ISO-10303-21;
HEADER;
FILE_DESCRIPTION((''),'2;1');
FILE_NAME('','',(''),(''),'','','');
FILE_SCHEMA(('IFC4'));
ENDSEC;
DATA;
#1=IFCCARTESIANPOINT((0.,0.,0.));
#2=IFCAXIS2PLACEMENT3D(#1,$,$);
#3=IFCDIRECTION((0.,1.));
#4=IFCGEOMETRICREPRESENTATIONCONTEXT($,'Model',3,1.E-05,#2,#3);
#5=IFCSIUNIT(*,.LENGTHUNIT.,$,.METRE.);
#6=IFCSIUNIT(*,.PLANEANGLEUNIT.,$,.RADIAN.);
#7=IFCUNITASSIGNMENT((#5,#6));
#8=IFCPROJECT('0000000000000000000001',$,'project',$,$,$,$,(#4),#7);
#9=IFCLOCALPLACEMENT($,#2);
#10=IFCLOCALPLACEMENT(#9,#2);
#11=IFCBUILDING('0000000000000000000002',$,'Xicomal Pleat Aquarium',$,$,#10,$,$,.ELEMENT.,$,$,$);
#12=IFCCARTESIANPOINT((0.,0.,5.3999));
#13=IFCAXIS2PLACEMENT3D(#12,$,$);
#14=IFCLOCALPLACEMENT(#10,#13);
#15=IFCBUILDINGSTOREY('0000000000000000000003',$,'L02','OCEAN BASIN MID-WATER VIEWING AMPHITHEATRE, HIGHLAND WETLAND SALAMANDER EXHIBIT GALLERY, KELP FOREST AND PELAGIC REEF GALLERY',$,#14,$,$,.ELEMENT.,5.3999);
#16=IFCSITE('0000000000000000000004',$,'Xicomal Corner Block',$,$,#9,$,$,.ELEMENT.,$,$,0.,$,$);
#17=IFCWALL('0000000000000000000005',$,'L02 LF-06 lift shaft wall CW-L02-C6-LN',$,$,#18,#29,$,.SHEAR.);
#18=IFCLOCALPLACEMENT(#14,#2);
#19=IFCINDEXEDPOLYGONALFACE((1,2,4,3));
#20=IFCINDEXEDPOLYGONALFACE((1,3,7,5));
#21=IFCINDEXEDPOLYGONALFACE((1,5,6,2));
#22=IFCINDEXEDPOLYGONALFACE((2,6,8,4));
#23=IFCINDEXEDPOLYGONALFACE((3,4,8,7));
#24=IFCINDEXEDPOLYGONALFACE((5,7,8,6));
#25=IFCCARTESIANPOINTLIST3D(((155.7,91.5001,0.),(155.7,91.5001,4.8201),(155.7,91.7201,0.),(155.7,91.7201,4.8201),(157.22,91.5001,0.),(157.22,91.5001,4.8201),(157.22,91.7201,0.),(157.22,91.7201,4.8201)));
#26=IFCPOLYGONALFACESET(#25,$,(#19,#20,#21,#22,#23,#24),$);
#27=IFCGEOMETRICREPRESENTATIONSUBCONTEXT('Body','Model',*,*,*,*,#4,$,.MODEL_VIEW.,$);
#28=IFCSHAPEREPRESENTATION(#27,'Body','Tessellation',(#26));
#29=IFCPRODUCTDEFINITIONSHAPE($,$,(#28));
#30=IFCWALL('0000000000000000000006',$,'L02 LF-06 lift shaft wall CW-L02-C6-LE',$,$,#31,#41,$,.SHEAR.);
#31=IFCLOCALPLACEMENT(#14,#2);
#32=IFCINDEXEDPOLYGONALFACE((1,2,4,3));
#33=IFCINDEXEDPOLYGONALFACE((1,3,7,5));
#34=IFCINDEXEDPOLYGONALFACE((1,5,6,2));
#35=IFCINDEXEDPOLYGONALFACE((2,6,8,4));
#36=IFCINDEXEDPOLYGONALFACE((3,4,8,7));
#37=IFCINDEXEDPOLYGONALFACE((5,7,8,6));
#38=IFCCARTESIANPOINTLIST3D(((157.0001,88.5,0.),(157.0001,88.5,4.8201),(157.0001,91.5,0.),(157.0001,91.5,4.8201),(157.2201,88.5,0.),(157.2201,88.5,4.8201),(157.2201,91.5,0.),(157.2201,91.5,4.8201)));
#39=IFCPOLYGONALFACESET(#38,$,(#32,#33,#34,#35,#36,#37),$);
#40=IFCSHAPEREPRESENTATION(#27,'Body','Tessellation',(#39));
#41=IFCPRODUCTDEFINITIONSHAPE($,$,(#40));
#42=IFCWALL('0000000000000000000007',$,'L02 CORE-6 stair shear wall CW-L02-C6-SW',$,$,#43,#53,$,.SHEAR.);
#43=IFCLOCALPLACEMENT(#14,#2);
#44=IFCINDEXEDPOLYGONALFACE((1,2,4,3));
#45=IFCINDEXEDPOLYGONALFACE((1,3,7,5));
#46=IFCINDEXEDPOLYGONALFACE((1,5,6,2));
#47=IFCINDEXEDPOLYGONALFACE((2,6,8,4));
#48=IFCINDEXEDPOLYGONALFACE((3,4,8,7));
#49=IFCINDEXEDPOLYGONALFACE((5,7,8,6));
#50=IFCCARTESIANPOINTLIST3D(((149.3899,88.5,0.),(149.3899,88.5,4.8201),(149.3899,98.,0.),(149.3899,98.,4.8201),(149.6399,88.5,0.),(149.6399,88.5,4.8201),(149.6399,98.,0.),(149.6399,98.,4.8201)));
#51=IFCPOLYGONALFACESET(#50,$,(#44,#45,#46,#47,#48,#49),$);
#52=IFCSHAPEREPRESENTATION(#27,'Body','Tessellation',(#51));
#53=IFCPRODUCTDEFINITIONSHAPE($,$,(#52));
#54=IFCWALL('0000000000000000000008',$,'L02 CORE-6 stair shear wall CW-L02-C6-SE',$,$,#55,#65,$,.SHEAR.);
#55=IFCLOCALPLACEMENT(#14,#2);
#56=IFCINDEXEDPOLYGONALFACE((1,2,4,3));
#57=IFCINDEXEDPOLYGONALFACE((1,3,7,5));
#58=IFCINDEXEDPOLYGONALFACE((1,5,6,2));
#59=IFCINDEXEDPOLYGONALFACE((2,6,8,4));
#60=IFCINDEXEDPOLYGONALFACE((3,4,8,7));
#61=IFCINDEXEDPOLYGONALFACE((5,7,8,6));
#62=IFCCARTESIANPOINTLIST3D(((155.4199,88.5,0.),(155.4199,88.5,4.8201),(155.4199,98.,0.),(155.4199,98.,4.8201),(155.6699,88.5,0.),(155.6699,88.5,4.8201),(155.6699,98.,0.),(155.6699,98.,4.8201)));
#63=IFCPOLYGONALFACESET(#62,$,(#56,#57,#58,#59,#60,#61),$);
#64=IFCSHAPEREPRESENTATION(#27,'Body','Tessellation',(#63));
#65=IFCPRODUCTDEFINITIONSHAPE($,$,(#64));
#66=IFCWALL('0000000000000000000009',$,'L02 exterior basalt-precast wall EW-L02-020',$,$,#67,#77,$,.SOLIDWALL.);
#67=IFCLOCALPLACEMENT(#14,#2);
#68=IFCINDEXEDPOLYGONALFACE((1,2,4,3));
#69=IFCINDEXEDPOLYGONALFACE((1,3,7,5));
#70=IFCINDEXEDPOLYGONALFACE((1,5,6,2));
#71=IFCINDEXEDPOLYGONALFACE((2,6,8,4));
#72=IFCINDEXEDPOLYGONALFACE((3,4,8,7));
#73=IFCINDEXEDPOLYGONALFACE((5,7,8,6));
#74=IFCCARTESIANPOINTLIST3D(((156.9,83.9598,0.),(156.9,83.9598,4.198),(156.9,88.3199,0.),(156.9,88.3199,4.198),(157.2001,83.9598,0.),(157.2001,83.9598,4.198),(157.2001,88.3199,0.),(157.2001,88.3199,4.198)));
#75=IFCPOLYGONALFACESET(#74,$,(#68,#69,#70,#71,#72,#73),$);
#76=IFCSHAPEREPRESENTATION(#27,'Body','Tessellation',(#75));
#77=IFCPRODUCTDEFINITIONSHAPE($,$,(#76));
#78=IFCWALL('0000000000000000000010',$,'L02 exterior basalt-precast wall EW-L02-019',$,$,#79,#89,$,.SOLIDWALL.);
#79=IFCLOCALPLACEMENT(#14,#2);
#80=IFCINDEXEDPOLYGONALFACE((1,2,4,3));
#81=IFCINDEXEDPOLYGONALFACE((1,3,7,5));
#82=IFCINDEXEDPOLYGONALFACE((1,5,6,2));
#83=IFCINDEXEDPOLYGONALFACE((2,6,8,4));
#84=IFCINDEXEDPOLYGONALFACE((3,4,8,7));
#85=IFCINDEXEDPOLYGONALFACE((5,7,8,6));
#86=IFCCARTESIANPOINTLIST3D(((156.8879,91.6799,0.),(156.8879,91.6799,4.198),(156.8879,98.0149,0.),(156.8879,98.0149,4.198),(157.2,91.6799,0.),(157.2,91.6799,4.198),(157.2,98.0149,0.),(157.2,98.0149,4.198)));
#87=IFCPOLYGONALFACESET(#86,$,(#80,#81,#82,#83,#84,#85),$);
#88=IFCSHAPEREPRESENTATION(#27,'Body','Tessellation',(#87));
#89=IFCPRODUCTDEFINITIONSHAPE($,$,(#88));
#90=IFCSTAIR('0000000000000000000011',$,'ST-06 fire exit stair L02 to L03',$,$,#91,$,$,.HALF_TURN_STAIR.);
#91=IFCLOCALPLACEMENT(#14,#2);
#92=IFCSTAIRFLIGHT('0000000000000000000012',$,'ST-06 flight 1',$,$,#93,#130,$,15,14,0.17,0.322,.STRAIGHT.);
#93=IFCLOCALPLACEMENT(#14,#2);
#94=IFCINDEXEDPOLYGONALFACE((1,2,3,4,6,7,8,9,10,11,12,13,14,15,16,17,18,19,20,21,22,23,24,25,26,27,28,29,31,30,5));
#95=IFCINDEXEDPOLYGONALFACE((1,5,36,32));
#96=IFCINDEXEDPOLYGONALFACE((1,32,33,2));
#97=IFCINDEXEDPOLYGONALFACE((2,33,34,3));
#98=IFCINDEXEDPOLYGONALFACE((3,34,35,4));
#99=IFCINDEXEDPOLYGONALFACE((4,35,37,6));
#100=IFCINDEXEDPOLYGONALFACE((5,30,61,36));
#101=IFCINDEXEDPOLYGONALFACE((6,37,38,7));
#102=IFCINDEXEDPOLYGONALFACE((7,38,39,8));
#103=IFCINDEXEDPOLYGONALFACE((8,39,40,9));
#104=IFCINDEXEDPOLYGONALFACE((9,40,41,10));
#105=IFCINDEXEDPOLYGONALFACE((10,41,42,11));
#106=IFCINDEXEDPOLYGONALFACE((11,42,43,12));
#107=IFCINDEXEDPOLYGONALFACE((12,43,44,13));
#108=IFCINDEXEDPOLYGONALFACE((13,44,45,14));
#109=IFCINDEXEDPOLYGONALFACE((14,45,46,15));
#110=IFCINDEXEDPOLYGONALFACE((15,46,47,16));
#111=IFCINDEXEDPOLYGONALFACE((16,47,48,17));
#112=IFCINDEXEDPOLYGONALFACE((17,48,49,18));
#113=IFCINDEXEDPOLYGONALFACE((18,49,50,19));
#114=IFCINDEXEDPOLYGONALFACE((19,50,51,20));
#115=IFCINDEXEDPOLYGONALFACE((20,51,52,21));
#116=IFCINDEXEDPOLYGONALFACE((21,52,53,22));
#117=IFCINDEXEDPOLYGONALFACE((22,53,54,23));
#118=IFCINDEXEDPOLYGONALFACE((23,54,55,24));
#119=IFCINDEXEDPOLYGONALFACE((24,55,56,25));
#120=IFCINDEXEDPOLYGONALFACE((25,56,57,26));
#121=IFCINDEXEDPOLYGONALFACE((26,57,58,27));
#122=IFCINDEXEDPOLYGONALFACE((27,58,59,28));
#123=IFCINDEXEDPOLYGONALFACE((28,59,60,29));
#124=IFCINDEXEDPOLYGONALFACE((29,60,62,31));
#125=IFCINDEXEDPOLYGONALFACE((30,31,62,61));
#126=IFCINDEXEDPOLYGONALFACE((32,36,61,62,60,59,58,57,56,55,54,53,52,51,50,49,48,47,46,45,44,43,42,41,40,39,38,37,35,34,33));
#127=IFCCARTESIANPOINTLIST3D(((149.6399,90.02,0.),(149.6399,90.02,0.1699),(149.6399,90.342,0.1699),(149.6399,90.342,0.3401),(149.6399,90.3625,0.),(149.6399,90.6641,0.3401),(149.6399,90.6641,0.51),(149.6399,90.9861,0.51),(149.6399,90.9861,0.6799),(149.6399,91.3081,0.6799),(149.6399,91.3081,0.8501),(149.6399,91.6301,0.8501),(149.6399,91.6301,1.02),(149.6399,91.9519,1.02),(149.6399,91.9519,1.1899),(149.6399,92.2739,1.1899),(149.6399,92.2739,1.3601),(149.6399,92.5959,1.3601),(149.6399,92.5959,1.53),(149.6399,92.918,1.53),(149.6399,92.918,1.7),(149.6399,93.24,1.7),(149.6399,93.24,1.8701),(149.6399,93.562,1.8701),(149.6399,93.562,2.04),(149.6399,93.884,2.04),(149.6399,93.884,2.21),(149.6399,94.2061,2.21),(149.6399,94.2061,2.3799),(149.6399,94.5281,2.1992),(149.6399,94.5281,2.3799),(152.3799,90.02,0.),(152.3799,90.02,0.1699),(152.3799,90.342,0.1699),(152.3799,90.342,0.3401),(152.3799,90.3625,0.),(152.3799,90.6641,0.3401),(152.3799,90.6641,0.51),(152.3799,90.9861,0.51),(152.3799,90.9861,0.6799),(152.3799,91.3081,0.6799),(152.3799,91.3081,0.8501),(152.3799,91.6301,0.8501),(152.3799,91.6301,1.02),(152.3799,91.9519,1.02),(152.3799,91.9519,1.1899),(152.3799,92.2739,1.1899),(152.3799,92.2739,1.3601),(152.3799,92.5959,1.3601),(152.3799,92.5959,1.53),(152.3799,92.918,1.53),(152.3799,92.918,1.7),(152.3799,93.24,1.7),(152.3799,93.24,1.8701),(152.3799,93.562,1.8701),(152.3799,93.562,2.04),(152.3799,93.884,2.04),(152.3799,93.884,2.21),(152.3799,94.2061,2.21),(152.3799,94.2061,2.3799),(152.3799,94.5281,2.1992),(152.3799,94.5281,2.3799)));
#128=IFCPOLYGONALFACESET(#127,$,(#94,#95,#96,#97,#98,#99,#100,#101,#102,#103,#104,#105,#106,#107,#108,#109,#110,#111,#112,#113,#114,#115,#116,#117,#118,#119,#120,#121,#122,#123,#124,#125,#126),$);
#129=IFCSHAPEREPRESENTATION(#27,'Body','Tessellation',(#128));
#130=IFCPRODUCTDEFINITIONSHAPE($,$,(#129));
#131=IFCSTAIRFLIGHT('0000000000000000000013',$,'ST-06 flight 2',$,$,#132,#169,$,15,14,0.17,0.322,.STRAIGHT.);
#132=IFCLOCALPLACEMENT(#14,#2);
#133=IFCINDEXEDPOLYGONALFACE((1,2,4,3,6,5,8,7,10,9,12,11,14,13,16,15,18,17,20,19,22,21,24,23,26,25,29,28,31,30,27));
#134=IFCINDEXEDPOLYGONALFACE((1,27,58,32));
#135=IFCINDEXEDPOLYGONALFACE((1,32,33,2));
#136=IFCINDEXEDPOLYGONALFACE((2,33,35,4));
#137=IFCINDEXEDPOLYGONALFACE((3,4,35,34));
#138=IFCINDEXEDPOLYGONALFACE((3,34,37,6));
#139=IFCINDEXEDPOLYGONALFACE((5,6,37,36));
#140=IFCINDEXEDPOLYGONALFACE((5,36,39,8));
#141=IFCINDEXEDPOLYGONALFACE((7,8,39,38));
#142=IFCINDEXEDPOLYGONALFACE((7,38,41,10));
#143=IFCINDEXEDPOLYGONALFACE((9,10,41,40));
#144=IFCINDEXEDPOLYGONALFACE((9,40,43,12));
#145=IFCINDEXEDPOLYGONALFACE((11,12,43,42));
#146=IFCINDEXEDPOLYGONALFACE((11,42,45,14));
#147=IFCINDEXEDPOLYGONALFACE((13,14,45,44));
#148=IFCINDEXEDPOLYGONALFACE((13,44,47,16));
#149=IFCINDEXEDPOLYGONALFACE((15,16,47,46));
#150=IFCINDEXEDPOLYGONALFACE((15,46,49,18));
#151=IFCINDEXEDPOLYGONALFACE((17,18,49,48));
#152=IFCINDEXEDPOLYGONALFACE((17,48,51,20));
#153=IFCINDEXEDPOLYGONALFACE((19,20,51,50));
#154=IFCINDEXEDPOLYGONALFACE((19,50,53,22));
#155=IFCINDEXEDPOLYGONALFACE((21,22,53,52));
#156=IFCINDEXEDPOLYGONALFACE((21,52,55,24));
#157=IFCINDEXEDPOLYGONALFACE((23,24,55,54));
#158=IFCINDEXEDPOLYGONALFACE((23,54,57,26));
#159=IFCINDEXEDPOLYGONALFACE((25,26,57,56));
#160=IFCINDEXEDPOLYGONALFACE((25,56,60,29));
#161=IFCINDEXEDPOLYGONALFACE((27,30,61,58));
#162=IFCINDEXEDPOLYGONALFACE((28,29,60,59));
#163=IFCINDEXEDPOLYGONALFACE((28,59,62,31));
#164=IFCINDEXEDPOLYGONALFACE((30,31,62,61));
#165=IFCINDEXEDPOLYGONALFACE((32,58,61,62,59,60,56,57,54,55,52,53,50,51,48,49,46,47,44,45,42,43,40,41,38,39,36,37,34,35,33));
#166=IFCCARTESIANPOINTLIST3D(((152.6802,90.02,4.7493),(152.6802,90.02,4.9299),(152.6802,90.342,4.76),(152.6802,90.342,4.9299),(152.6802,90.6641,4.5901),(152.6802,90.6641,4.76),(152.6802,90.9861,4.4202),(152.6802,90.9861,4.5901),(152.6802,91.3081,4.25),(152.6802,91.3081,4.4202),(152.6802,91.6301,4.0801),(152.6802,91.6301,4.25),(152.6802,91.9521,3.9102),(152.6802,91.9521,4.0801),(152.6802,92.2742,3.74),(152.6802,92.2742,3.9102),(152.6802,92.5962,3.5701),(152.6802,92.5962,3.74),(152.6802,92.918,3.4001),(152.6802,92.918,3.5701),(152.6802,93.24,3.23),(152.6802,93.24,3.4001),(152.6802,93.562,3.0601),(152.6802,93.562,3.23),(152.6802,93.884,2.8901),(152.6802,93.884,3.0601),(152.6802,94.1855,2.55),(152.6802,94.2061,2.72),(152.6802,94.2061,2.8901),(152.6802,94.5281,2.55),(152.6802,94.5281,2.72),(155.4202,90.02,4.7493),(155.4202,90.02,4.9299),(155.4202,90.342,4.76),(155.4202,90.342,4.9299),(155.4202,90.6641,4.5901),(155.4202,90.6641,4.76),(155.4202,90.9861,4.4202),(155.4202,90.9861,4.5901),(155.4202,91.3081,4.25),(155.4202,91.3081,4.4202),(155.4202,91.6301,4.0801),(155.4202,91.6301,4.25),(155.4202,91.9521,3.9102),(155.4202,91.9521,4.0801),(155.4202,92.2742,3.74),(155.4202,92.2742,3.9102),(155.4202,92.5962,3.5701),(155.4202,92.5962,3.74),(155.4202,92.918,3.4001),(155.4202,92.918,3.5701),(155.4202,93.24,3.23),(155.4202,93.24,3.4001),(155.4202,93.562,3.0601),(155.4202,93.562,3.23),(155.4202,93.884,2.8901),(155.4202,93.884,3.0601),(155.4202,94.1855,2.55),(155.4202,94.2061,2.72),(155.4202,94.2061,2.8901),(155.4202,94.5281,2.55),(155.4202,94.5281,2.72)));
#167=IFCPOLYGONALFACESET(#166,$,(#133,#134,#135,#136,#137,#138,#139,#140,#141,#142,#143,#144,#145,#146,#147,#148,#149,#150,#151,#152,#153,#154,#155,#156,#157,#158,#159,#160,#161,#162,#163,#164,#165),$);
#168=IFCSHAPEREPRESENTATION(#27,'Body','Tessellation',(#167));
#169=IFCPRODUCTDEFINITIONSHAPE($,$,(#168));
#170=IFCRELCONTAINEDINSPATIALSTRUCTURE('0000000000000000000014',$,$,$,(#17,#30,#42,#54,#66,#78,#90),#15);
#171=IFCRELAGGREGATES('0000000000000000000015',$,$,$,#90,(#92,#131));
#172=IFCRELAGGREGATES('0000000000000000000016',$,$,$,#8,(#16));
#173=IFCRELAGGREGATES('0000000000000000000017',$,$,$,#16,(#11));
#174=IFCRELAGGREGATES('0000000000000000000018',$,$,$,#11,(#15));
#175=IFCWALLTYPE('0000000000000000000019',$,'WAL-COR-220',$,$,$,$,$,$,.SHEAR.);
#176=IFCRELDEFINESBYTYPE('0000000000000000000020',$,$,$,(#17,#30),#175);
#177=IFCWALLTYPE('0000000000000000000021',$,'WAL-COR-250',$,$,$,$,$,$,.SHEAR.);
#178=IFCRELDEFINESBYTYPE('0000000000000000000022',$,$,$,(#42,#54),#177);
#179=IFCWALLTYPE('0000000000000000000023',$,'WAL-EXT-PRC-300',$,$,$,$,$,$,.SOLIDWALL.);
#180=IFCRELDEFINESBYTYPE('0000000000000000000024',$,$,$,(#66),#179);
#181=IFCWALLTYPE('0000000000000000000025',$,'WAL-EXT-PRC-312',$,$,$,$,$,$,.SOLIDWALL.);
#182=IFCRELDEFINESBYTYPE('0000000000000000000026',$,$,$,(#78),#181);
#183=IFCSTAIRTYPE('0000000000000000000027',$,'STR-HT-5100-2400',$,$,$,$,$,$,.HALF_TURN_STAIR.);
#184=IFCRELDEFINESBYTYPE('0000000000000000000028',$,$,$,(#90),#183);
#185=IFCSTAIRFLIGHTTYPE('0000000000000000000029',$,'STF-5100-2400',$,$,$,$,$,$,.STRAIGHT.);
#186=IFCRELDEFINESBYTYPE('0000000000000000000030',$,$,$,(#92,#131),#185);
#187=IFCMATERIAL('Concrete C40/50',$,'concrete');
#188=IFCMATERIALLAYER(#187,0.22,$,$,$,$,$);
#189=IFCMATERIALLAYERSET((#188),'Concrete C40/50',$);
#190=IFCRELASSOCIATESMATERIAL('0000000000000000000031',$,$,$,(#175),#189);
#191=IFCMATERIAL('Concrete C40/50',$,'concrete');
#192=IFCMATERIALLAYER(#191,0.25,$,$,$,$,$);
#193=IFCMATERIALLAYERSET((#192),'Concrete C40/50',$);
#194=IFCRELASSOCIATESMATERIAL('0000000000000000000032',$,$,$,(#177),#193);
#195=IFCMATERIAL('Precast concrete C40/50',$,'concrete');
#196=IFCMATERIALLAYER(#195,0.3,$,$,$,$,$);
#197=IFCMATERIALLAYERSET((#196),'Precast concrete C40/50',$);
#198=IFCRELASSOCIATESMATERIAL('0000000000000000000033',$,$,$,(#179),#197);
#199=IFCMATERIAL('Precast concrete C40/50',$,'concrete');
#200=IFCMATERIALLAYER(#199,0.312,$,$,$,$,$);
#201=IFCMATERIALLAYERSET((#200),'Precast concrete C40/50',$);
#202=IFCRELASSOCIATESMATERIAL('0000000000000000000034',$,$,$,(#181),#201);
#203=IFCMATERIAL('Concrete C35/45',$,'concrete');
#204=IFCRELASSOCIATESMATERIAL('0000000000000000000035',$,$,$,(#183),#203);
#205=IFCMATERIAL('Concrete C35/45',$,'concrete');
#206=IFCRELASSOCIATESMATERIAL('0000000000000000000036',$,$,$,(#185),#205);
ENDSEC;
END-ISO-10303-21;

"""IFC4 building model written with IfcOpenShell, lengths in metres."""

from ifc_helpers import new_model, si_unit, direction, frame, frame_2d, origin, place, context, subcontext, project, spatial, polyline, rectangle, outline, extrude, material, layer, layer_set, type_object, element, aggregate, save


model = new_model("IFC4")

# Units and contexts
model_context = context("Model", 3, precision=1e-05, world=origin(), true_north=direction((0.0, 1.0)))
body_context = subcontext(model_context, "Body", "Model", "MODEL_VIEW")
ifc_project = project(units=[si_unit("LENGTHUNIT", "METRE"), si_unit("PLANEANGLEUNIT", "RADIAN")], contexts=[model_context])

# Site, building, storey
site_placement = place(None, origin())
site = spatial("IfcSite", under=ifc_project, at=site_placement, Name="Xicomal Corner Block", CompositionType="ELEMENT", RefElevation=0.0)
building_placement = place(site_placement, origin())
building = spatial("IfcBuilding", under=site, at=building_placement, Name="Xicomal Pleat Aquarium", CompositionType="ELEMENT")
storey_placement = place(building_placement, frame((0.0, 0.0, 5.3999)))
storey = spatial("IfcBuildingStorey", under=building, at=storey_placement, Name="L02", Description="OCEAN BASIN MID-WATER VIEWING AMPHITHEATRE, HIGHLAND WETLAND SALAMANDER EXHIBIT GALLERY, KELP FOREST AND PELAGIC REEF GALLERY", CompositionType="ELEMENT", Elevation=5.3999)

# Shared definitions
ifc_material_1 = material(Name="Concrete C40/50", Category="concrete")
ifc_layer_1 = layer(ifc_material_1, 0.22)
ifc_layer_set_1 = layer_set([ifc_layer_1], Name="Concrete C40/50")
wall_type_1 = type_object("IfcWallType", Name="WAL-COR-220", PredefinedType="SHEAR", material=ifc_layer_set_1)

# Walls
wall_1_placement = place(storey_placement, frame((155.7, 91.6101, 0.0), z_axis=(0.0, 0.0, 1.0), x_axis=(1.0, 0.0, 0.0)))
element("IfcWall", 1, at=wall_1_placement, inside=storey, type_object=wall_type_1, Name="L02 LF-06 lift shaft wall CW-L02-C6-LN", PredefinedType="SHEAR", context=body_context, shape_type="SweptSolid", body=[
    extrude(rectangle(XDim=1.52, YDim=0.22, at=frame_2d((0.76, 0.0))), origin(), (0.0, 0.0, 1.0), 4.8201),
])
wall_2_placement = place(storey_placement, frame((157.1101, 88.5, 0.0), z_axis=(0.0, 0.0, 1.0), x_axis=(0.0, 1.0, 0.0)))
element("IfcWall", 2, at=wall_2_placement, inside=storey, type_object=wall_type_1, Name="L02 LF-06 lift shaft wall CW-L02-C6-LE", PredefinedType="SHEAR", context=body_context, shape_type="SweptSolid", body=[
    extrude(rectangle(XDim=3.0, YDim=0.22, at=frame_2d((1.5, 0.0))), origin(), (0.0, 0.0, 1.0), 4.8201),
])
ifc_material_2 = material(Name="Concrete C40/50", Category="concrete")
ifc_layer_2 = layer(ifc_material_2, 0.25)
ifc_layer_set_2 = layer_set([ifc_layer_2], Name="Concrete C40/50")
wall_type_2 = type_object("IfcWallType", Name="WAL-COR-250", PredefinedType="SHEAR", material=ifc_layer_set_2)
for number, where, z_axis, x_axis, name in (
    (3, (149.5149, 88.5, 0.0), (0.0, 0.0, 1.0), (0.0, 1.0, 0.0), "L02 CORE-6 stair shear wall CW-L02-C6-SW"),
    (4, (155.5449, 88.5, 0.0), (0.0, 0.0, 1.0), (0.0, 1.0, 0.0), "L02 CORE-6 stair shear wall CW-L02-C6-SE"),
):
    element("IfcWall", number, at=place(storey_placement, frame(where, z_axis=z_axis, x_axis=x_axis)), inside=storey, type_object=wall_type_2, Name=name, PredefinedType="SHEAR", context=body_context, shape_type="SweptSolid", body=[
        extrude(rectangle(XDim=9.5, YDim=0.25, at=frame_2d((4.75, 0.0))), origin(), (0.0, 0.0, 1.0), 4.8201),
    ])
ifc_material_3 = material(Name="Precast concrete C40/50", Category="concrete")
ifc_layer_3 = layer(ifc_material_3, 0.3)
ifc_layer_set_3 = layer_set([ifc_layer_3], Name="Precast concrete C40/50")
wall_type_3 = type_object("IfcWallType", Name="WAL-EXT-PRC-300", PredefinedType="SOLIDWALL", material=ifc_layer_set_3)
wall_3_placement = place(storey_placement, frame((157.05, 88.3201, 0.0), z_axis=(0.0, 0.0, 1.0), x_axis=(0.0, -1.0, 0.0)))
element("IfcWall", 5, at=wall_3_placement, inside=storey, type_object=wall_type_3, Name="L02 exterior basalt-precast wall EW-L02-020", PredefinedType="SOLIDWALL", context=body_context, shape_type="SweptSolid", body=[
    extrude(rectangle(XDim=4.3601, YDim=0.3, at=frame_2d((2.1802, 0.0))), origin(), (0.0, 0.0, 1.0), 4.198),
])
ifc_material_4 = material(Name="Precast concrete C40/50", Category="concrete")
ifc_layer_4 = layer(ifc_material_4, 0.312)
ifc_layer_set_4 = layer_set([ifc_layer_4], Name="Precast concrete C40/50")
wall_type_4 = type_object("IfcWallType", Name="WAL-EXT-PRC-312", PredefinedType="SOLIDWALL", material=ifc_layer_set_4)
wall_4_placement = place(storey_placement, frame((157.0439, 98.0149, 0.0), z_axis=(0.0, 0.0, 1.0), x_axis=(0.0, -1.0, 0.0)))
element("IfcWall", 6, at=wall_4_placement, inside=storey, type_object=wall_type_4, Name="L02 exterior basalt-precast wall EW-L02-019", PredefinedType="SOLIDWALL", context=body_context, shape_type="SweptSolid", body=[
    extrude(rectangle(XDim=6.335, YDim=0.312, at=frame_2d((3.1675, 0.0))), origin(), (0.0, 0.0, 1.0), 4.198),
])

# Stair, stair flights
ifc_material_5 = material(Name="Concrete C35/45", Category="concrete")
stair_type = type_object("IfcStairType", Name="STR-HT-5100-2400", PredefinedType="HALF_TURN_STAIR", material=ifc_material_5)
stair_placement = place(storey_placement, origin())
stair = element("IfcStair", 7, at=stair_placement, inside=storey, type_object=stair_type, Name="ST-06 fire exit stair L02 to L03", PredefinedType="HALF_TURN_STAIR")
ifc_material_6 = material(Name="Concrete C35/45", Category="concrete")
stair_flight_type = type_object("IfcStairFlightType", Name="STF-5100-2400", PredefinedType="STRAIGHT", material=ifc_material_6)
stair_flight_1_placement = place(storey_placement, frame((151.01, 90.02, 0.0), z_axis=(0.0, 0.0, 1.0), x_axis=(0.0, 1.0, 0.0)))
stair_flight_1 = element("IfcStairFlight", 8, at=stair_flight_1_placement, type_object=stair_flight_type, Name="ST-06 flight 1", NumberOfRisers=15, NumberOfTreads=14, PredefinedType="STRAIGHT", RiserHeight=0.17, TreadLength=0.322, context=body_context, shape_type="SweptSolid", body=[
    extrude(outline(polyline([(0.0, 0.0), (0.0, 0.1699), (0.322, 0.1699), (0.322, 0.3401), (0.644, 0.3401), (0.644, 0.51), (0.9661, 0.51), (0.9661, 0.6799), (1.2881, 0.6799), (1.2881, 0.8501), (1.6101, 0.8501), (1.6101, 1.02), (1.9319, 1.02), (1.9319, 1.1899), (2.2539, 1.1899), (2.2539, 1.3601), (2.5759, 1.3601), (2.5759, 1.53), (2.8979, 1.53), (2.8979, 1.7), (3.22, 1.7), (3.22, 1.8701), (3.542, 1.8701), (3.542, 2.04), (3.864, 2.04), (3.864, 2.21), (4.186, 2.21), (4.186, 2.3799), (4.5081, 2.3799), (4.5081, 2.55), (4.5081, 2.1992), (0.3425, 0.0), (0.0, 0.0)])), frame((0.0, 1.3701, 0.0), z_axis=(0.0, -1.0, 0.0), x_axis=(1.0, 0.0, 0.0)), (0.0, 0.0, 1.0), 2.74),
])
stair_flight_2_placement = place(storey_placement, frame((154.05, 94.5281, 2.55), z_axis=(0.0, 0.0, 1.0), x_axis=(0.0, -1.0, 0.0)))
stair_flight_2 = element("IfcStairFlight", 9, at=stair_flight_2_placement, type_object=stair_flight_type, Name="ST-06 flight 2", NumberOfRisers=15, NumberOfTreads=14, PredefinedType="STRAIGHT", RiserHeight=0.17, TreadLength=0.322, context=body_context, shape_type="SweptSolid", body=[
    extrude(outline(polyline([(0.0, 0.0), (0.0, 0.1699), (0.322, 0.1699), (0.322, 0.3401), (0.644, 0.3401), (0.644, 0.51), (0.9661, 0.51), (0.9661, 0.6799), (1.2881, 0.6799), (1.2881, 0.8501), (1.6101, 0.8501), (1.6101, 1.02), (1.9319, 1.02), (1.9319, 1.1899), (2.2539, 1.1899), (2.2539, 1.3601), (2.5759, 1.3601), (2.5759, 1.53), (2.8979, 1.53), (2.8979, 1.7), (3.22, 1.7), (3.22, 1.8701), (3.542, 1.8701), (3.542, 2.04), (3.864, 2.04), (3.864, 2.21), (4.186, 2.21), (4.186, 2.3799), (4.5081, 2.3799), (4.5081, 2.55), (4.5081, 2.1992), (0.3425, 0.0), (0.0, 0.0)])), frame((0.0, 1.3701, 0.0), z_axis=(0.0, -1.0, 0.0), x_axis=(1.0, 0.0, 0.0)), (0.0, 0.0, 1.0), 2.74),
])
aggregate(stair, [stair_flight_1, stair_flight_2])

save(model, "model.ifc")
